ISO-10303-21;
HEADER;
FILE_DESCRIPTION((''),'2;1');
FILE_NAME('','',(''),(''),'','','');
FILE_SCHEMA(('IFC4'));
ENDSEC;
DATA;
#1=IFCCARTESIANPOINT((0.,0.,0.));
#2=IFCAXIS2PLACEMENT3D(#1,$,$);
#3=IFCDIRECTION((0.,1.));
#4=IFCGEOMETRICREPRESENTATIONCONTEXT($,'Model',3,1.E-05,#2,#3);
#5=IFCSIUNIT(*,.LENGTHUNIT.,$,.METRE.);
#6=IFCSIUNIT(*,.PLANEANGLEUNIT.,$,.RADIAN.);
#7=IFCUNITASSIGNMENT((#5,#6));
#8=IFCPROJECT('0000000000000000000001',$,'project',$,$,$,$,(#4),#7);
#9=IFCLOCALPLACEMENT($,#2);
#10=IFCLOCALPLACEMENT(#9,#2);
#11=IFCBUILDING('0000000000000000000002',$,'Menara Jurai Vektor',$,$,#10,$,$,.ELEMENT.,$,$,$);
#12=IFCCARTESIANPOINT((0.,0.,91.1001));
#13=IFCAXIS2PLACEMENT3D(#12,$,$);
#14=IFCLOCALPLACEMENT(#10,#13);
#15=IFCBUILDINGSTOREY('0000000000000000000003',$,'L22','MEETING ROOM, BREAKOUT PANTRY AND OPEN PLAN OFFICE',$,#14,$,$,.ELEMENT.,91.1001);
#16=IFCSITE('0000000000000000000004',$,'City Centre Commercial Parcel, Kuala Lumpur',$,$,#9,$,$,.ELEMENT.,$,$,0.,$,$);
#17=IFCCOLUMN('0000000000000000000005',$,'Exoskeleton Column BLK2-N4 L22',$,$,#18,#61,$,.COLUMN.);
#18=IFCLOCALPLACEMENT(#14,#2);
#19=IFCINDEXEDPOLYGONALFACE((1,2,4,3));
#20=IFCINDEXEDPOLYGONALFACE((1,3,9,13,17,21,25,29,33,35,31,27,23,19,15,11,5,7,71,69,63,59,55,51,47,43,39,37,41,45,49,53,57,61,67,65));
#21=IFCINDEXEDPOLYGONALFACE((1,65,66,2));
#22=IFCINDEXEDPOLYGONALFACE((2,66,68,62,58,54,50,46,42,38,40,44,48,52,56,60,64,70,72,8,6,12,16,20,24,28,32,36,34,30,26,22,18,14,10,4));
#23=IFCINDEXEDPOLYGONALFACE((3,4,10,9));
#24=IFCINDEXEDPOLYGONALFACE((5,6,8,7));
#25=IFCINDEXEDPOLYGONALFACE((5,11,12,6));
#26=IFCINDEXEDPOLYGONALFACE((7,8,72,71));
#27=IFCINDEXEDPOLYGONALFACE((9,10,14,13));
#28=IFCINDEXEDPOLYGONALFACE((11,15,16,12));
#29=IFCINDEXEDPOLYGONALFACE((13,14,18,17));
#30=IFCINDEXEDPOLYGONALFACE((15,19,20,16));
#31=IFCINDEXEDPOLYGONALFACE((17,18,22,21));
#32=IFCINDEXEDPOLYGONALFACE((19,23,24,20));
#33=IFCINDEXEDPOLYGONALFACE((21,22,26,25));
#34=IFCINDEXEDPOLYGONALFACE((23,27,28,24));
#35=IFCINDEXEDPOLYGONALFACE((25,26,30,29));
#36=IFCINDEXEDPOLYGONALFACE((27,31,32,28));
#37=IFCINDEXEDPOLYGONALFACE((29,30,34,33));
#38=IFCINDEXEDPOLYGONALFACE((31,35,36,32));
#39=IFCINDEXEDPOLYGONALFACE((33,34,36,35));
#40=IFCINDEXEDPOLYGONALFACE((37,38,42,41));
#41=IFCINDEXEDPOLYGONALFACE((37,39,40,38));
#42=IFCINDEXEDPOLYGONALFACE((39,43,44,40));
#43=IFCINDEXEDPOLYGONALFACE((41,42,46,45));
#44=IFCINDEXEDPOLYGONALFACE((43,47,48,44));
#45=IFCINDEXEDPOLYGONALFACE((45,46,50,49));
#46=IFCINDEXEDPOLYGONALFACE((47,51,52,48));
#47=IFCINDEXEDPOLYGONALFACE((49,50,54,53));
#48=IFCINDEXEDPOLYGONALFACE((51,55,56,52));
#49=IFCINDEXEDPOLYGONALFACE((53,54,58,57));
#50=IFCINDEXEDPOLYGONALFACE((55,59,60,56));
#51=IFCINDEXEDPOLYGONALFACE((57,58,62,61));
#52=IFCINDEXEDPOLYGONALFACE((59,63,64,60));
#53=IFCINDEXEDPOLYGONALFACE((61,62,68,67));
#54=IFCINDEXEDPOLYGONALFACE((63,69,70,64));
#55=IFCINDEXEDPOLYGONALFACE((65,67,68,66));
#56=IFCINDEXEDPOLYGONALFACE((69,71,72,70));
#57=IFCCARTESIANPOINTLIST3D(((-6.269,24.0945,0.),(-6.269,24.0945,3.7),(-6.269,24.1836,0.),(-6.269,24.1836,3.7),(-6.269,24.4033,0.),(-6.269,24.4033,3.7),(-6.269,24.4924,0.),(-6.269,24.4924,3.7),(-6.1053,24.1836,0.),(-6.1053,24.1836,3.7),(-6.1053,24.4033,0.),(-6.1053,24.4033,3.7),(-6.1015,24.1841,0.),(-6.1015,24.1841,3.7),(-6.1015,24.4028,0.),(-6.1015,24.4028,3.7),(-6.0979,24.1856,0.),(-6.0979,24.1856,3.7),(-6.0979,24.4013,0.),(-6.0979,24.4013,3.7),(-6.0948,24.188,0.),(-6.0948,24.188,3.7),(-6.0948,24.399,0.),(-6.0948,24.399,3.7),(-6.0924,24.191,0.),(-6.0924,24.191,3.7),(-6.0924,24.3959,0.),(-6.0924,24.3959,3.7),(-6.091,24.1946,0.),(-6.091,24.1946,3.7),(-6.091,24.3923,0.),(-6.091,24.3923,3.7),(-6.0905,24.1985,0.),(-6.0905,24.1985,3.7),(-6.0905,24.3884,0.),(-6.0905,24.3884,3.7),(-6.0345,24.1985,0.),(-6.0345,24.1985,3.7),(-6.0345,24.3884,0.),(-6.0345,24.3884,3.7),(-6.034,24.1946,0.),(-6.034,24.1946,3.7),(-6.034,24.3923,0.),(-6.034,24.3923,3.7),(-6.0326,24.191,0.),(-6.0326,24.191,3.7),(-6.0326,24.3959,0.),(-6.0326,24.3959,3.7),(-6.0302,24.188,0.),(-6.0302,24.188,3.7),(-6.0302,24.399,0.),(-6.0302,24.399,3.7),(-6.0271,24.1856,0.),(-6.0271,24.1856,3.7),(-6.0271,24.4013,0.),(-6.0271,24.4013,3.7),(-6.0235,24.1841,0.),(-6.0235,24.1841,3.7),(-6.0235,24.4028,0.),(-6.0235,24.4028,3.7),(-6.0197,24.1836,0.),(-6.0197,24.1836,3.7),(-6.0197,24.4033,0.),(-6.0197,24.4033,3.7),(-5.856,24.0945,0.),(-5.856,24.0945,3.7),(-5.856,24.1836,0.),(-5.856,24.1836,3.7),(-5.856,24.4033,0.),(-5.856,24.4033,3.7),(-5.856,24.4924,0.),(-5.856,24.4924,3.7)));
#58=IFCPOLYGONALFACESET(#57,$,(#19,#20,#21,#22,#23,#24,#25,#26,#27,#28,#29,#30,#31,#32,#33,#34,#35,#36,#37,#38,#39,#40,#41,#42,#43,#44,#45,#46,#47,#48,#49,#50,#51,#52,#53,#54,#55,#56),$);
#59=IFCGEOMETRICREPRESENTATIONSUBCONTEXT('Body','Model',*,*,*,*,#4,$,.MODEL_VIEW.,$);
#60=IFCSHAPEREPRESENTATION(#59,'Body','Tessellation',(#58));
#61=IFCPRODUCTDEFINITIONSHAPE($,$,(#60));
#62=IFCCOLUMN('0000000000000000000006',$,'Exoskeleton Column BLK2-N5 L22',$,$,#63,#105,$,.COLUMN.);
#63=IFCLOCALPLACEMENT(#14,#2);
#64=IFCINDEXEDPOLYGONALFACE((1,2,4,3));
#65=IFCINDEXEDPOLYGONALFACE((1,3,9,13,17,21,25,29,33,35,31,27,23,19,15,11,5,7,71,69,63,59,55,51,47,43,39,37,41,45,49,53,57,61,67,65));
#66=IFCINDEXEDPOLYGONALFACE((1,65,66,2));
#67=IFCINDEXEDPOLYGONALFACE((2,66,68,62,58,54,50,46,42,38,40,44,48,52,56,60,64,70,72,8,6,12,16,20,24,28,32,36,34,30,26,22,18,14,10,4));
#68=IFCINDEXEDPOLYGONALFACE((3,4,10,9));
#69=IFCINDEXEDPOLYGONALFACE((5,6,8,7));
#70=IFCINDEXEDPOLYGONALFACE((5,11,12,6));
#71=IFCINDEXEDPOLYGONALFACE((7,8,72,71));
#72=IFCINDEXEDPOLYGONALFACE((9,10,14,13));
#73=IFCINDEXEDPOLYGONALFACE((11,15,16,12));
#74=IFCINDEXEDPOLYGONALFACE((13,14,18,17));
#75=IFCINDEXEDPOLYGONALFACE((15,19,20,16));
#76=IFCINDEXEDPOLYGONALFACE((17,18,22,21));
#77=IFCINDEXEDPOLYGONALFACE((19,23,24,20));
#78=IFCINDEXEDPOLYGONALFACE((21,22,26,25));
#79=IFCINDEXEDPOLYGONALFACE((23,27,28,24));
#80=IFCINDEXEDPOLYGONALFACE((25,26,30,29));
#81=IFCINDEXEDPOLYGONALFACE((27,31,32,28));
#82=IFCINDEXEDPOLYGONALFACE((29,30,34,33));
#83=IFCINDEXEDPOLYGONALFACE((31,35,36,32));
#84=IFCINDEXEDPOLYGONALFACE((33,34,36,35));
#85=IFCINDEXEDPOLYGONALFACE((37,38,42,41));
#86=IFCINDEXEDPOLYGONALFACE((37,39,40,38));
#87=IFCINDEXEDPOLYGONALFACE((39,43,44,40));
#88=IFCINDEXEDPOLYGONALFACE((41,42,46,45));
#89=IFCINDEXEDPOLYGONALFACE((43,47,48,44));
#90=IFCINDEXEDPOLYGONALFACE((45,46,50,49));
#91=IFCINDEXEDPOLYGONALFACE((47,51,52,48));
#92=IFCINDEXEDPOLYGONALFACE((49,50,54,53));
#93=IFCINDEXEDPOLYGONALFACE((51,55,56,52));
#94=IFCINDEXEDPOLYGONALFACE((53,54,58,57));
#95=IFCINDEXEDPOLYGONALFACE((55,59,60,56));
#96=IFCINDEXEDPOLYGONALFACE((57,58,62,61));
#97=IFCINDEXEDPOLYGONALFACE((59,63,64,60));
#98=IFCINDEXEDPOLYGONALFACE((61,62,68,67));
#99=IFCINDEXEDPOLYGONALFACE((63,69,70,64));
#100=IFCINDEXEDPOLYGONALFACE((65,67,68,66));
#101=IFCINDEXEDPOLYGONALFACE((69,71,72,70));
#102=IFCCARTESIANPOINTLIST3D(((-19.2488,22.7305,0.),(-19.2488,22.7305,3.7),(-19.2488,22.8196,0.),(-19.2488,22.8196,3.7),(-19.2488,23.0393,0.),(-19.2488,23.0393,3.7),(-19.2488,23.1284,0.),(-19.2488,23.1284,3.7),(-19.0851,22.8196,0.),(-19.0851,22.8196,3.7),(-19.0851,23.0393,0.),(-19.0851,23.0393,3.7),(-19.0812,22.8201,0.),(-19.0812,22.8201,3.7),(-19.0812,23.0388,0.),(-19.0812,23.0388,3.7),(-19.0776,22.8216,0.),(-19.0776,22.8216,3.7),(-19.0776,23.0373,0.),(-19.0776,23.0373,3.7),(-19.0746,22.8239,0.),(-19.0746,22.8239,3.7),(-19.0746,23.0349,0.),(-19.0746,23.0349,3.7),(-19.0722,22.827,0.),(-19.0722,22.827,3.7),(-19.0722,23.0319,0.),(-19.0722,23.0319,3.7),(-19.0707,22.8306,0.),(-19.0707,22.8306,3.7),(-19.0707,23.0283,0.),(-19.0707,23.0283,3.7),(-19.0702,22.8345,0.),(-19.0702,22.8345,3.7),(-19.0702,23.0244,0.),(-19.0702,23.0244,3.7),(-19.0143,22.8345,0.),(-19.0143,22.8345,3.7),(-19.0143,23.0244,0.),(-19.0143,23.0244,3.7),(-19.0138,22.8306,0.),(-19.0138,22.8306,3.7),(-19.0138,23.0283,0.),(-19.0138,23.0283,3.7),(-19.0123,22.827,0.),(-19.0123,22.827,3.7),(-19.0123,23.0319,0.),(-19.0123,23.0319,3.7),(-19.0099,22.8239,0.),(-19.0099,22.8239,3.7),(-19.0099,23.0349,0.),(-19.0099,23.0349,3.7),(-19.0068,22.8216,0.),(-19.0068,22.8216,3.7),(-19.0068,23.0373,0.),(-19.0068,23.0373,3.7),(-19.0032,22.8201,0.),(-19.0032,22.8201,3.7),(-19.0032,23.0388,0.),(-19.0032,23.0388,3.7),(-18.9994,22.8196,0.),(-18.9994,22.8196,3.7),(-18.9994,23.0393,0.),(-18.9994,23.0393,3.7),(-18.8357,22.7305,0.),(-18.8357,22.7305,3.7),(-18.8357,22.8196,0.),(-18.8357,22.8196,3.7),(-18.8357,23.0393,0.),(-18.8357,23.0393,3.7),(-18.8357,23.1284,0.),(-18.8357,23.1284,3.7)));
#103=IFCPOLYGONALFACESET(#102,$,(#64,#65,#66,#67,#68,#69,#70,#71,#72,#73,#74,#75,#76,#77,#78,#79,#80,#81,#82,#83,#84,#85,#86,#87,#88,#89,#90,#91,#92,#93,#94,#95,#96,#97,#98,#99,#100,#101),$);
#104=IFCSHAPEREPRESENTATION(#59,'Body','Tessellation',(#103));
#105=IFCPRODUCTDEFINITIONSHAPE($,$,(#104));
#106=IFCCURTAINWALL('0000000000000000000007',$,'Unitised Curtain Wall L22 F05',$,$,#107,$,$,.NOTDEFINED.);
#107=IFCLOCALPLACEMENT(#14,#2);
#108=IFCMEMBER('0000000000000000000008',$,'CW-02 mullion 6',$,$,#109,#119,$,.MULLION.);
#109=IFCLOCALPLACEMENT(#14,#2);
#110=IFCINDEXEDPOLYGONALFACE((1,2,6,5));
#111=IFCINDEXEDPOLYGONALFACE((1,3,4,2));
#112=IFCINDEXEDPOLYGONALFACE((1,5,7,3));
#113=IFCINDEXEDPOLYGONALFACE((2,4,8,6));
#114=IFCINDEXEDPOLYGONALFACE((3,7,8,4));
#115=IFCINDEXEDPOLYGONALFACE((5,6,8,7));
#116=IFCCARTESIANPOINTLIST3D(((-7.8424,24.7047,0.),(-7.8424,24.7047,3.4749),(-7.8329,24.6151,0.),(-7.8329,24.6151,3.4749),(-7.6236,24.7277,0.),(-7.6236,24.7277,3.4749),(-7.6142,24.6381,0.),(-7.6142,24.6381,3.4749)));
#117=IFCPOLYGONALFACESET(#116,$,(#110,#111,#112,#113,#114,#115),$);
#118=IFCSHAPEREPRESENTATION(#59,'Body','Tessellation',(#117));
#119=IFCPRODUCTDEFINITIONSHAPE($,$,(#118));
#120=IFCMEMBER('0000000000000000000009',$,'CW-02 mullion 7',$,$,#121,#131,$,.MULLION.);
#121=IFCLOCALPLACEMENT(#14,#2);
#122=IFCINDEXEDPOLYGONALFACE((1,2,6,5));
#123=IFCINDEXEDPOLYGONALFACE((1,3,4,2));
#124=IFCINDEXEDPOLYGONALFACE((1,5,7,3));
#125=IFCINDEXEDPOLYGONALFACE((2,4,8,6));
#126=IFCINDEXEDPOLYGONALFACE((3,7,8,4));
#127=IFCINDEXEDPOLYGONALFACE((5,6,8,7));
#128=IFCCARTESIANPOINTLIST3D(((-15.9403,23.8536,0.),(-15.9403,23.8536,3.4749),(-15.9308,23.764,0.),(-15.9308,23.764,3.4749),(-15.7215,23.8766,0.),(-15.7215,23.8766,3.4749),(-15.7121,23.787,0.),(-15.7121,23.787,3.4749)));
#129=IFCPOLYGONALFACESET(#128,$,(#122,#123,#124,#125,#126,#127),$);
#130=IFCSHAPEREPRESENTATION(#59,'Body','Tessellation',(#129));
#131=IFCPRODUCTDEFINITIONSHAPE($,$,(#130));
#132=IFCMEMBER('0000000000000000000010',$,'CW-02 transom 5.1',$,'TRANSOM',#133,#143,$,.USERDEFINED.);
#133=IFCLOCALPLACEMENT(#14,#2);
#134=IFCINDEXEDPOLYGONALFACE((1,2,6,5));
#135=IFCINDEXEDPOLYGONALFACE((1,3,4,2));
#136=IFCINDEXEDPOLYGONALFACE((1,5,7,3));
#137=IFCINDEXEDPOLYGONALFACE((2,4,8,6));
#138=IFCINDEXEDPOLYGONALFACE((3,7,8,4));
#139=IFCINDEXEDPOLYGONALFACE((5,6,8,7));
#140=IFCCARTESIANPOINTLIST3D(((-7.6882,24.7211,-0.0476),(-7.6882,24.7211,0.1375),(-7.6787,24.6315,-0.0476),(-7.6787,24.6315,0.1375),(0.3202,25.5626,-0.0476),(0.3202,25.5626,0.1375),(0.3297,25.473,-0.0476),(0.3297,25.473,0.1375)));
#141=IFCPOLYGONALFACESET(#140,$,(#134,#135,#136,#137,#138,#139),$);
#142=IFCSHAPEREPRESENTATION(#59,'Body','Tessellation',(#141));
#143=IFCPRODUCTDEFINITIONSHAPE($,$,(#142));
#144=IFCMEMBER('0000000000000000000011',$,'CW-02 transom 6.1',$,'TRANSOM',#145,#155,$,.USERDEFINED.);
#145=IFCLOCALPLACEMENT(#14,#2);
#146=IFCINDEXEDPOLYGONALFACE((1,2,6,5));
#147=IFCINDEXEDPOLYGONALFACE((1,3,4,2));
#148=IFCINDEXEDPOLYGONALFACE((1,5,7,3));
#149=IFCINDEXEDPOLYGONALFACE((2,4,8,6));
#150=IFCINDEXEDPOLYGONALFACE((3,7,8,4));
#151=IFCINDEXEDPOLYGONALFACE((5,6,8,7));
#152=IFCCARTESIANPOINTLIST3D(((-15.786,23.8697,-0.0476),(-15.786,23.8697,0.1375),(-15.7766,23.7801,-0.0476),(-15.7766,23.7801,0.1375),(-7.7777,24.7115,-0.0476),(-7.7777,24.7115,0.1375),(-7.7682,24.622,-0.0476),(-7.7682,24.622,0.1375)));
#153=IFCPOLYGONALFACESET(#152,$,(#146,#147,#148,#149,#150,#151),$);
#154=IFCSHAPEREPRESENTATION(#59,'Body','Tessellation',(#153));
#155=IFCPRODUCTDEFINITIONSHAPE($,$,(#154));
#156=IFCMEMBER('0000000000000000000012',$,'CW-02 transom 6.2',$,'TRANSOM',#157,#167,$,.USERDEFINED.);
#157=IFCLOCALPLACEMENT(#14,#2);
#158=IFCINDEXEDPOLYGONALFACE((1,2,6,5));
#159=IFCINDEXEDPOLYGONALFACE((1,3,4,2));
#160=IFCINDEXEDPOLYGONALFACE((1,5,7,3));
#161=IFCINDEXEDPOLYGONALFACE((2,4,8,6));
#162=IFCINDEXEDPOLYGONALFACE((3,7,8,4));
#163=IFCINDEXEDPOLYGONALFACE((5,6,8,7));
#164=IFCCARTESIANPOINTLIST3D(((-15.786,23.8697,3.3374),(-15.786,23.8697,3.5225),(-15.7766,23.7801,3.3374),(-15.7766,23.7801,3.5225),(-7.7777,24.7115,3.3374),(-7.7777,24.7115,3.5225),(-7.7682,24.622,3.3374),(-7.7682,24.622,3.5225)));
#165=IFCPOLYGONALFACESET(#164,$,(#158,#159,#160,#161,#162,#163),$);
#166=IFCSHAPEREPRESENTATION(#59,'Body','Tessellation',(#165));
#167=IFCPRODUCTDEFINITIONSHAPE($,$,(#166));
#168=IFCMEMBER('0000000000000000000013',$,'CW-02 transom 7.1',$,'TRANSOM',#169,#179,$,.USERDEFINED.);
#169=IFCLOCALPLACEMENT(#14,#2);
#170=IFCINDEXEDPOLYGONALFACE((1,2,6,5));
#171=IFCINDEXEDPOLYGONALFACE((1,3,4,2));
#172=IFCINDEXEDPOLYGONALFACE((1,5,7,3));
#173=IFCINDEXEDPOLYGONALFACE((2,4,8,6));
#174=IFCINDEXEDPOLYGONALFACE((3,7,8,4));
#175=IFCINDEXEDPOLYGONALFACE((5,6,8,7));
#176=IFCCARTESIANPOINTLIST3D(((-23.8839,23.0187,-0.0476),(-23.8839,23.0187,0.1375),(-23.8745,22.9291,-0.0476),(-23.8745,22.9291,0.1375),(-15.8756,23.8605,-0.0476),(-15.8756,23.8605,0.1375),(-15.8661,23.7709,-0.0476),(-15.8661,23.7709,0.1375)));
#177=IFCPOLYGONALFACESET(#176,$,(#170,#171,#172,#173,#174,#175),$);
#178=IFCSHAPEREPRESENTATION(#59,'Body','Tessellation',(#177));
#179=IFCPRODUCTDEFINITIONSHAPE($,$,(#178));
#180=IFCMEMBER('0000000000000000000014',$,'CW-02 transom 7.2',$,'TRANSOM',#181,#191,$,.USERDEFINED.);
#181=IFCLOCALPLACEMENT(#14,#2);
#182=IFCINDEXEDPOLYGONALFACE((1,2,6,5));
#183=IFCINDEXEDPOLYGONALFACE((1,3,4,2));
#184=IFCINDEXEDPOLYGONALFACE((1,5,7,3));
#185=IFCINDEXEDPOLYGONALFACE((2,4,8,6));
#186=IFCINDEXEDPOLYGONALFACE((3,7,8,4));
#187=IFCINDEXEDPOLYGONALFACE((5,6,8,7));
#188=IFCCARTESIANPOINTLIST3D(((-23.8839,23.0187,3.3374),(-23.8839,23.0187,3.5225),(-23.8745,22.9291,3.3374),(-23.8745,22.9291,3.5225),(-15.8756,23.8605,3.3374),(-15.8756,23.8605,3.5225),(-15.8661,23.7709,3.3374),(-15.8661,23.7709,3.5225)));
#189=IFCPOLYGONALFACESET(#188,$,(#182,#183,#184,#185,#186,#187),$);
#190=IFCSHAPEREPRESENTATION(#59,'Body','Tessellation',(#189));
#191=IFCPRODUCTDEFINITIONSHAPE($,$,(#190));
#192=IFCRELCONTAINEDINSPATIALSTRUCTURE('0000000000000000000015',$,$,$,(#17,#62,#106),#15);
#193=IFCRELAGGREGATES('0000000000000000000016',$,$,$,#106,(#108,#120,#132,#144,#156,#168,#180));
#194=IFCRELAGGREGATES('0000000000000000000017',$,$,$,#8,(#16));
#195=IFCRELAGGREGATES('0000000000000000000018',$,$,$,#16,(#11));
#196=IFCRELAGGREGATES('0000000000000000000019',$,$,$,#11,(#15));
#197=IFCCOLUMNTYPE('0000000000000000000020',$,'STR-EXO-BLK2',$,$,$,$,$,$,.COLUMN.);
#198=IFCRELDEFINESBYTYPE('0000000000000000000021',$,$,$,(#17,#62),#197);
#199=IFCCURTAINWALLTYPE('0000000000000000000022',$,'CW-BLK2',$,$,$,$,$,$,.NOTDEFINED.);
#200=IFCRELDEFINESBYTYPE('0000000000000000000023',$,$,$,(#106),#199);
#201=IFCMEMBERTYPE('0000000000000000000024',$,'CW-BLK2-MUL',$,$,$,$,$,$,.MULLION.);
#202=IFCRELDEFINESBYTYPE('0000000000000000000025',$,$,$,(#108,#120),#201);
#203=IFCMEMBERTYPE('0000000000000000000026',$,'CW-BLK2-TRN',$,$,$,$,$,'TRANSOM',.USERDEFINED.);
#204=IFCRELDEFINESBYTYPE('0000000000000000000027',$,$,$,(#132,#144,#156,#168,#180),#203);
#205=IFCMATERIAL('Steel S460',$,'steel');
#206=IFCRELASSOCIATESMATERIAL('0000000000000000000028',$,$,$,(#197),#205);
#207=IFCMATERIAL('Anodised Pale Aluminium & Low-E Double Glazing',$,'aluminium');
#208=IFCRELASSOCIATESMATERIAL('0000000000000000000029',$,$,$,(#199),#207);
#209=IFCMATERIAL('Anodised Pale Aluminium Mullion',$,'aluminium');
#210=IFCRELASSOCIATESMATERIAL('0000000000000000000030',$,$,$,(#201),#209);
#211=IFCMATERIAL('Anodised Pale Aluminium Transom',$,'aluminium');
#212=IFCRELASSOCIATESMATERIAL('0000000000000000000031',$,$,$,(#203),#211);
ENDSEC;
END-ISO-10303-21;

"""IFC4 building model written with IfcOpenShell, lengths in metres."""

from ifc_helpers import new_model, si_unit, direction, frame, origin, origin_2d, place, context, subcontext, project, spatial, rectangle, i_section, extrude, material, material_profile, profile_set, type_object, element, aggregate, save


model = new_model("IFC4")

# Units and contexts
model_context = context("Model", 3, precision=1e-05, world=origin(), true_north=direction((0.0, 1.0)))
body_context = subcontext(model_context, "Body", "Model", "MODEL_VIEW")
ifc_project = project(units=[si_unit("LENGTHUNIT", "METRE"), si_unit("PLANEANGLEUNIT", "RADIAN")], contexts=[model_context])

# Site, building, storey
site_placement = place(None, origin())
site = spatial("IfcSite", under=ifc_project, at=site_placement, Name="City Centre Commercial Parcel, Kuala Lumpur", CompositionType="ELEMENT", RefElevation=0.0)
building_placement = place(site_placement, origin())
building = spatial("IfcBuilding", under=site, at=building_placement, Name="Menara Jurai Vektor", CompositionType="ELEMENT")
storey_placement = place(building_placement, frame((0.0, 0.0, 91.1001)))
storey = spatial("IfcBuildingStorey", under=building, at=storey_placement, Name="L22", Description="MEETING ROOM, BREAKOUT PANTRY AND OPEN PLAN OFFICE", CompositionType="ELEMENT", Elevation=91.1001)

# Columns
ifc_material_1 = material(Name="Steel S460", Category="steel")
ifc_material_profile_1 = material_profile(ifc_material_1, i_section(OverallWidth=0.4131, OverallDepth=0.3979, WebThickness=0.0559, FlangeThickness=0.0891, FilletRadius=0.0149, at=origin_2d()), Name="HD 400x744")
ifc_profile_set_1 = profile_set([ifc_material_profile_1], Name="Steel S460")
column_type = type_object("IfcColumnType", Name="STR-EXO-BLK2", PredefinedType="COLUMN", material=ifc_profile_set_1)
for number, where, z_axis, x_axis, name in (
    (1, (-6.0625, 24.2935, 0.0), (0.0, 0.0, 1.0), (1.0, 0.0, 0.0), "Exoskeleton Column BLK2-N4 L22"),
    (2, (-19.0422, 22.9294, 0.0), (0.0, 0.0, 1.0), (1.0, 0.0, 0.0), "Exoskeleton Column BLK2-N5 L22"),
):
    element("IfcColumn", number, at=place(storey_placement, frame(where, z_axis=z_axis, x_axis=x_axis)), inside=storey, type_object=column_type, Name=name, PredefinedType="COLUMN", context=body_context, shape_type="SweptSolid", body=[
        extrude(i_section(OverallWidth=0.4131, OverallDepth=0.3979, WebThickness=0.0559, FlangeThickness=0.0891, FilletRadius=0.0149, at=origin_2d()), origin(), (0.0, 0.0, 1.0), 3.7),
    ])

# Curtain wall, members
ifc_material_2 = material(Name="Anodised Pale Aluminium & Low-E Double Glazing", Category="aluminium")
curtain_wall_type = type_object("IfcCurtainWallType", Name="CW-BLK2", PredefinedType="NOTDEFINED", material=ifc_material_2)
curtain_wall_placement = place(storey_placement, origin())
curtain_wall = element("IfcCurtainWall", 3, at=curtain_wall_placement, inside=storey, type_object=curtain_wall_type, Name="Unitised Curtain Wall L22 F05", PredefinedType="NOTDEFINED")
ifc_material_3 = material(Name="Anodised Pale Aluminium Mullion", Category="aluminium")
ifc_material_profile_2 = material_profile(ifc_material_3, rectangle(XDim=0.0901, YDim=0.22, at=origin_2d()), Name="ALU MUL 90x220")
ifc_profile_set_2 = profile_set([ifc_material_profile_2], Name="Anodised Pale Aluminium Mullion")
member_type_1 = type_object("IfcMemberType", Name="CW-BLK2-MUL", PredefinedType="MULLION", material=ifc_profile_set_2)
member_1_placement = place(storey_placement, frame((-7.7283, 24.6714, 0.0), z_axis=(0.0, 0.0, 1.0), x_axis=(0.104529, -0.994522, 0.0)))
member_1 = element("IfcMember", 4, at=member_1_placement, type_object=member_type_1, Name="CW-02 mullion 6", PredefinedType="MULLION", context=body_context, shape_type="SweptSolid", body=[
    extrude(rectangle(XDim=0.0901, YDim=0.22, at=origin_2d()), origin(), (0.0, 0.0, 1.0), 3.4749),
])
member_2_placement = place(storey_placement, frame((-15.8262, 23.8203, 0.0), z_axis=(0.0, 0.0, 1.0), x_axis=(0.104529, -0.994522, 0.0)))
member_2 = element("IfcMember", 5, at=member_2_placement, type_object=member_type_1, Name="CW-02 mullion 7", PredefinedType="MULLION", context=body_context, shape_type="SweptSolid", body=[
    extrude(rectangle(XDim=0.0901, YDim=0.22, at=origin_2d()), origin(), (0.0, 0.0, 1.0), 3.4749),
])
ifc_material_4 = material(Name="Anodised Pale Aluminium Transom", Category="aluminium")
ifc_material_profile_3 = material_profile(ifc_material_4, rectangle(XDim=0.0901, YDim=0.1851, at=origin_2d()), Name="ALU TRN 90x185")
ifc_profile_set_3 = profile_set([ifc_material_profile_3], Name="Anodised Pale Aluminium Transom")
member_type_2 = type_object("IfcMemberType", Name="CW-BLK2-TRN", ElementType="TRANSOM", PredefinedType="USERDEFINED", material=ifc_profile_set_3)
member_3_placement = place(storey_placement, frame((0.325, 25.5178, 0.0449), z_axis=(-0.994524, -0.10451, 0.0), x_axis=(0.10451, -0.994524, 0.0)))
member_3 = element("IfcMember", 6, at=member_3_placement, type_object=member_type_2, Name="CW-02 transom 5.1", ObjectType="TRANSOM", PredefinedType="USERDEFINED", context=body_context, shape_type="SweptSolid", body=[
    extrude(rectangle(XDim=0.0901, YDim=0.1851, at=origin_2d()), origin(), (0.0, 0.0, 1.0), 8.0525),
])
member_4_placement = place(storey_placement, frame((-7.7729, 24.6667, 0.0449), z_axis=(-0.994521, -0.10454, 0.0), x_axis=(0.10454, -0.994521, 0.0)))
member_4 = element("IfcMember", 7, at=member_4_placement, type_object=member_type_2, Name="CW-02 transom 6.1", ObjectType="TRANSOM", PredefinedType="USERDEFINED", context=body_context, shape_type="SweptSolid", body=[
    extrude(rectangle(XDim=0.0901, YDim=0.1851, at=origin_2d()), origin(), (0.0, 0.0, 1.0), 8.0525),
])
member_5_placement = place(storey_placement, frame((-7.7729, 24.6667, 3.4299), z_axis=(-0.994521, -0.10454, 0.0), x_axis=(0.10454, -0.994521, 0.0)))
member_5 = element("IfcMember", 8, at=member_5_placement, type_object=member_type_2, Name="CW-02 transom 6.2", ObjectType="TRANSOM", PredefinedType="USERDEFINED", context=body_context, shape_type="SweptSolid", body=[
    extrude(rectangle(XDim=0.0901, YDim=0.1851, at=origin_2d()), origin(), (0.0, 0.0, 1.0), 8.0525),
])
member_6_placement = place(storey_placement, frame((-15.8708, 23.8157, 0.0449), z_axis=(-0.994521, -0.10454, 0.0), x_axis=(0.10454, -0.994521, 0.0)))
member_6 = element("IfcMember", 9, at=member_6_placement, type_object=member_type_2, Name="CW-02 transom 7.1", ObjectType="TRANSOM", PredefinedType="USERDEFINED", context=body_context, shape_type="SweptSolid", body=[
    extrude(rectangle(XDim=0.0901, YDim=0.1851, at=origin_2d()), origin(), (0.0, 0.0, 1.0), 8.0525),
])
member_7_placement = place(storey_placement, frame((-15.8708, 23.8157, 3.4299), z_axis=(-0.994521, -0.10454, 0.0), x_axis=(0.10454, -0.994521, 0.0)))
member_7 = element("IfcMember", 10, at=member_7_placement, type_object=member_type_2, Name="CW-02 transom 7.2", ObjectType="TRANSOM", PredefinedType="USERDEFINED", context=body_context, shape_type="SweptSolid", body=[
    extrude(rectangle(XDim=0.0901, YDim=0.1851, at=origin_2d()), origin(), (0.0, 0.0, 1.0), 8.0525),
])

aggregate(curtain_wall, [member_1, member_2, member_3, member_4, member_5, member_6, member_7])

save(model, "model.ifc")
